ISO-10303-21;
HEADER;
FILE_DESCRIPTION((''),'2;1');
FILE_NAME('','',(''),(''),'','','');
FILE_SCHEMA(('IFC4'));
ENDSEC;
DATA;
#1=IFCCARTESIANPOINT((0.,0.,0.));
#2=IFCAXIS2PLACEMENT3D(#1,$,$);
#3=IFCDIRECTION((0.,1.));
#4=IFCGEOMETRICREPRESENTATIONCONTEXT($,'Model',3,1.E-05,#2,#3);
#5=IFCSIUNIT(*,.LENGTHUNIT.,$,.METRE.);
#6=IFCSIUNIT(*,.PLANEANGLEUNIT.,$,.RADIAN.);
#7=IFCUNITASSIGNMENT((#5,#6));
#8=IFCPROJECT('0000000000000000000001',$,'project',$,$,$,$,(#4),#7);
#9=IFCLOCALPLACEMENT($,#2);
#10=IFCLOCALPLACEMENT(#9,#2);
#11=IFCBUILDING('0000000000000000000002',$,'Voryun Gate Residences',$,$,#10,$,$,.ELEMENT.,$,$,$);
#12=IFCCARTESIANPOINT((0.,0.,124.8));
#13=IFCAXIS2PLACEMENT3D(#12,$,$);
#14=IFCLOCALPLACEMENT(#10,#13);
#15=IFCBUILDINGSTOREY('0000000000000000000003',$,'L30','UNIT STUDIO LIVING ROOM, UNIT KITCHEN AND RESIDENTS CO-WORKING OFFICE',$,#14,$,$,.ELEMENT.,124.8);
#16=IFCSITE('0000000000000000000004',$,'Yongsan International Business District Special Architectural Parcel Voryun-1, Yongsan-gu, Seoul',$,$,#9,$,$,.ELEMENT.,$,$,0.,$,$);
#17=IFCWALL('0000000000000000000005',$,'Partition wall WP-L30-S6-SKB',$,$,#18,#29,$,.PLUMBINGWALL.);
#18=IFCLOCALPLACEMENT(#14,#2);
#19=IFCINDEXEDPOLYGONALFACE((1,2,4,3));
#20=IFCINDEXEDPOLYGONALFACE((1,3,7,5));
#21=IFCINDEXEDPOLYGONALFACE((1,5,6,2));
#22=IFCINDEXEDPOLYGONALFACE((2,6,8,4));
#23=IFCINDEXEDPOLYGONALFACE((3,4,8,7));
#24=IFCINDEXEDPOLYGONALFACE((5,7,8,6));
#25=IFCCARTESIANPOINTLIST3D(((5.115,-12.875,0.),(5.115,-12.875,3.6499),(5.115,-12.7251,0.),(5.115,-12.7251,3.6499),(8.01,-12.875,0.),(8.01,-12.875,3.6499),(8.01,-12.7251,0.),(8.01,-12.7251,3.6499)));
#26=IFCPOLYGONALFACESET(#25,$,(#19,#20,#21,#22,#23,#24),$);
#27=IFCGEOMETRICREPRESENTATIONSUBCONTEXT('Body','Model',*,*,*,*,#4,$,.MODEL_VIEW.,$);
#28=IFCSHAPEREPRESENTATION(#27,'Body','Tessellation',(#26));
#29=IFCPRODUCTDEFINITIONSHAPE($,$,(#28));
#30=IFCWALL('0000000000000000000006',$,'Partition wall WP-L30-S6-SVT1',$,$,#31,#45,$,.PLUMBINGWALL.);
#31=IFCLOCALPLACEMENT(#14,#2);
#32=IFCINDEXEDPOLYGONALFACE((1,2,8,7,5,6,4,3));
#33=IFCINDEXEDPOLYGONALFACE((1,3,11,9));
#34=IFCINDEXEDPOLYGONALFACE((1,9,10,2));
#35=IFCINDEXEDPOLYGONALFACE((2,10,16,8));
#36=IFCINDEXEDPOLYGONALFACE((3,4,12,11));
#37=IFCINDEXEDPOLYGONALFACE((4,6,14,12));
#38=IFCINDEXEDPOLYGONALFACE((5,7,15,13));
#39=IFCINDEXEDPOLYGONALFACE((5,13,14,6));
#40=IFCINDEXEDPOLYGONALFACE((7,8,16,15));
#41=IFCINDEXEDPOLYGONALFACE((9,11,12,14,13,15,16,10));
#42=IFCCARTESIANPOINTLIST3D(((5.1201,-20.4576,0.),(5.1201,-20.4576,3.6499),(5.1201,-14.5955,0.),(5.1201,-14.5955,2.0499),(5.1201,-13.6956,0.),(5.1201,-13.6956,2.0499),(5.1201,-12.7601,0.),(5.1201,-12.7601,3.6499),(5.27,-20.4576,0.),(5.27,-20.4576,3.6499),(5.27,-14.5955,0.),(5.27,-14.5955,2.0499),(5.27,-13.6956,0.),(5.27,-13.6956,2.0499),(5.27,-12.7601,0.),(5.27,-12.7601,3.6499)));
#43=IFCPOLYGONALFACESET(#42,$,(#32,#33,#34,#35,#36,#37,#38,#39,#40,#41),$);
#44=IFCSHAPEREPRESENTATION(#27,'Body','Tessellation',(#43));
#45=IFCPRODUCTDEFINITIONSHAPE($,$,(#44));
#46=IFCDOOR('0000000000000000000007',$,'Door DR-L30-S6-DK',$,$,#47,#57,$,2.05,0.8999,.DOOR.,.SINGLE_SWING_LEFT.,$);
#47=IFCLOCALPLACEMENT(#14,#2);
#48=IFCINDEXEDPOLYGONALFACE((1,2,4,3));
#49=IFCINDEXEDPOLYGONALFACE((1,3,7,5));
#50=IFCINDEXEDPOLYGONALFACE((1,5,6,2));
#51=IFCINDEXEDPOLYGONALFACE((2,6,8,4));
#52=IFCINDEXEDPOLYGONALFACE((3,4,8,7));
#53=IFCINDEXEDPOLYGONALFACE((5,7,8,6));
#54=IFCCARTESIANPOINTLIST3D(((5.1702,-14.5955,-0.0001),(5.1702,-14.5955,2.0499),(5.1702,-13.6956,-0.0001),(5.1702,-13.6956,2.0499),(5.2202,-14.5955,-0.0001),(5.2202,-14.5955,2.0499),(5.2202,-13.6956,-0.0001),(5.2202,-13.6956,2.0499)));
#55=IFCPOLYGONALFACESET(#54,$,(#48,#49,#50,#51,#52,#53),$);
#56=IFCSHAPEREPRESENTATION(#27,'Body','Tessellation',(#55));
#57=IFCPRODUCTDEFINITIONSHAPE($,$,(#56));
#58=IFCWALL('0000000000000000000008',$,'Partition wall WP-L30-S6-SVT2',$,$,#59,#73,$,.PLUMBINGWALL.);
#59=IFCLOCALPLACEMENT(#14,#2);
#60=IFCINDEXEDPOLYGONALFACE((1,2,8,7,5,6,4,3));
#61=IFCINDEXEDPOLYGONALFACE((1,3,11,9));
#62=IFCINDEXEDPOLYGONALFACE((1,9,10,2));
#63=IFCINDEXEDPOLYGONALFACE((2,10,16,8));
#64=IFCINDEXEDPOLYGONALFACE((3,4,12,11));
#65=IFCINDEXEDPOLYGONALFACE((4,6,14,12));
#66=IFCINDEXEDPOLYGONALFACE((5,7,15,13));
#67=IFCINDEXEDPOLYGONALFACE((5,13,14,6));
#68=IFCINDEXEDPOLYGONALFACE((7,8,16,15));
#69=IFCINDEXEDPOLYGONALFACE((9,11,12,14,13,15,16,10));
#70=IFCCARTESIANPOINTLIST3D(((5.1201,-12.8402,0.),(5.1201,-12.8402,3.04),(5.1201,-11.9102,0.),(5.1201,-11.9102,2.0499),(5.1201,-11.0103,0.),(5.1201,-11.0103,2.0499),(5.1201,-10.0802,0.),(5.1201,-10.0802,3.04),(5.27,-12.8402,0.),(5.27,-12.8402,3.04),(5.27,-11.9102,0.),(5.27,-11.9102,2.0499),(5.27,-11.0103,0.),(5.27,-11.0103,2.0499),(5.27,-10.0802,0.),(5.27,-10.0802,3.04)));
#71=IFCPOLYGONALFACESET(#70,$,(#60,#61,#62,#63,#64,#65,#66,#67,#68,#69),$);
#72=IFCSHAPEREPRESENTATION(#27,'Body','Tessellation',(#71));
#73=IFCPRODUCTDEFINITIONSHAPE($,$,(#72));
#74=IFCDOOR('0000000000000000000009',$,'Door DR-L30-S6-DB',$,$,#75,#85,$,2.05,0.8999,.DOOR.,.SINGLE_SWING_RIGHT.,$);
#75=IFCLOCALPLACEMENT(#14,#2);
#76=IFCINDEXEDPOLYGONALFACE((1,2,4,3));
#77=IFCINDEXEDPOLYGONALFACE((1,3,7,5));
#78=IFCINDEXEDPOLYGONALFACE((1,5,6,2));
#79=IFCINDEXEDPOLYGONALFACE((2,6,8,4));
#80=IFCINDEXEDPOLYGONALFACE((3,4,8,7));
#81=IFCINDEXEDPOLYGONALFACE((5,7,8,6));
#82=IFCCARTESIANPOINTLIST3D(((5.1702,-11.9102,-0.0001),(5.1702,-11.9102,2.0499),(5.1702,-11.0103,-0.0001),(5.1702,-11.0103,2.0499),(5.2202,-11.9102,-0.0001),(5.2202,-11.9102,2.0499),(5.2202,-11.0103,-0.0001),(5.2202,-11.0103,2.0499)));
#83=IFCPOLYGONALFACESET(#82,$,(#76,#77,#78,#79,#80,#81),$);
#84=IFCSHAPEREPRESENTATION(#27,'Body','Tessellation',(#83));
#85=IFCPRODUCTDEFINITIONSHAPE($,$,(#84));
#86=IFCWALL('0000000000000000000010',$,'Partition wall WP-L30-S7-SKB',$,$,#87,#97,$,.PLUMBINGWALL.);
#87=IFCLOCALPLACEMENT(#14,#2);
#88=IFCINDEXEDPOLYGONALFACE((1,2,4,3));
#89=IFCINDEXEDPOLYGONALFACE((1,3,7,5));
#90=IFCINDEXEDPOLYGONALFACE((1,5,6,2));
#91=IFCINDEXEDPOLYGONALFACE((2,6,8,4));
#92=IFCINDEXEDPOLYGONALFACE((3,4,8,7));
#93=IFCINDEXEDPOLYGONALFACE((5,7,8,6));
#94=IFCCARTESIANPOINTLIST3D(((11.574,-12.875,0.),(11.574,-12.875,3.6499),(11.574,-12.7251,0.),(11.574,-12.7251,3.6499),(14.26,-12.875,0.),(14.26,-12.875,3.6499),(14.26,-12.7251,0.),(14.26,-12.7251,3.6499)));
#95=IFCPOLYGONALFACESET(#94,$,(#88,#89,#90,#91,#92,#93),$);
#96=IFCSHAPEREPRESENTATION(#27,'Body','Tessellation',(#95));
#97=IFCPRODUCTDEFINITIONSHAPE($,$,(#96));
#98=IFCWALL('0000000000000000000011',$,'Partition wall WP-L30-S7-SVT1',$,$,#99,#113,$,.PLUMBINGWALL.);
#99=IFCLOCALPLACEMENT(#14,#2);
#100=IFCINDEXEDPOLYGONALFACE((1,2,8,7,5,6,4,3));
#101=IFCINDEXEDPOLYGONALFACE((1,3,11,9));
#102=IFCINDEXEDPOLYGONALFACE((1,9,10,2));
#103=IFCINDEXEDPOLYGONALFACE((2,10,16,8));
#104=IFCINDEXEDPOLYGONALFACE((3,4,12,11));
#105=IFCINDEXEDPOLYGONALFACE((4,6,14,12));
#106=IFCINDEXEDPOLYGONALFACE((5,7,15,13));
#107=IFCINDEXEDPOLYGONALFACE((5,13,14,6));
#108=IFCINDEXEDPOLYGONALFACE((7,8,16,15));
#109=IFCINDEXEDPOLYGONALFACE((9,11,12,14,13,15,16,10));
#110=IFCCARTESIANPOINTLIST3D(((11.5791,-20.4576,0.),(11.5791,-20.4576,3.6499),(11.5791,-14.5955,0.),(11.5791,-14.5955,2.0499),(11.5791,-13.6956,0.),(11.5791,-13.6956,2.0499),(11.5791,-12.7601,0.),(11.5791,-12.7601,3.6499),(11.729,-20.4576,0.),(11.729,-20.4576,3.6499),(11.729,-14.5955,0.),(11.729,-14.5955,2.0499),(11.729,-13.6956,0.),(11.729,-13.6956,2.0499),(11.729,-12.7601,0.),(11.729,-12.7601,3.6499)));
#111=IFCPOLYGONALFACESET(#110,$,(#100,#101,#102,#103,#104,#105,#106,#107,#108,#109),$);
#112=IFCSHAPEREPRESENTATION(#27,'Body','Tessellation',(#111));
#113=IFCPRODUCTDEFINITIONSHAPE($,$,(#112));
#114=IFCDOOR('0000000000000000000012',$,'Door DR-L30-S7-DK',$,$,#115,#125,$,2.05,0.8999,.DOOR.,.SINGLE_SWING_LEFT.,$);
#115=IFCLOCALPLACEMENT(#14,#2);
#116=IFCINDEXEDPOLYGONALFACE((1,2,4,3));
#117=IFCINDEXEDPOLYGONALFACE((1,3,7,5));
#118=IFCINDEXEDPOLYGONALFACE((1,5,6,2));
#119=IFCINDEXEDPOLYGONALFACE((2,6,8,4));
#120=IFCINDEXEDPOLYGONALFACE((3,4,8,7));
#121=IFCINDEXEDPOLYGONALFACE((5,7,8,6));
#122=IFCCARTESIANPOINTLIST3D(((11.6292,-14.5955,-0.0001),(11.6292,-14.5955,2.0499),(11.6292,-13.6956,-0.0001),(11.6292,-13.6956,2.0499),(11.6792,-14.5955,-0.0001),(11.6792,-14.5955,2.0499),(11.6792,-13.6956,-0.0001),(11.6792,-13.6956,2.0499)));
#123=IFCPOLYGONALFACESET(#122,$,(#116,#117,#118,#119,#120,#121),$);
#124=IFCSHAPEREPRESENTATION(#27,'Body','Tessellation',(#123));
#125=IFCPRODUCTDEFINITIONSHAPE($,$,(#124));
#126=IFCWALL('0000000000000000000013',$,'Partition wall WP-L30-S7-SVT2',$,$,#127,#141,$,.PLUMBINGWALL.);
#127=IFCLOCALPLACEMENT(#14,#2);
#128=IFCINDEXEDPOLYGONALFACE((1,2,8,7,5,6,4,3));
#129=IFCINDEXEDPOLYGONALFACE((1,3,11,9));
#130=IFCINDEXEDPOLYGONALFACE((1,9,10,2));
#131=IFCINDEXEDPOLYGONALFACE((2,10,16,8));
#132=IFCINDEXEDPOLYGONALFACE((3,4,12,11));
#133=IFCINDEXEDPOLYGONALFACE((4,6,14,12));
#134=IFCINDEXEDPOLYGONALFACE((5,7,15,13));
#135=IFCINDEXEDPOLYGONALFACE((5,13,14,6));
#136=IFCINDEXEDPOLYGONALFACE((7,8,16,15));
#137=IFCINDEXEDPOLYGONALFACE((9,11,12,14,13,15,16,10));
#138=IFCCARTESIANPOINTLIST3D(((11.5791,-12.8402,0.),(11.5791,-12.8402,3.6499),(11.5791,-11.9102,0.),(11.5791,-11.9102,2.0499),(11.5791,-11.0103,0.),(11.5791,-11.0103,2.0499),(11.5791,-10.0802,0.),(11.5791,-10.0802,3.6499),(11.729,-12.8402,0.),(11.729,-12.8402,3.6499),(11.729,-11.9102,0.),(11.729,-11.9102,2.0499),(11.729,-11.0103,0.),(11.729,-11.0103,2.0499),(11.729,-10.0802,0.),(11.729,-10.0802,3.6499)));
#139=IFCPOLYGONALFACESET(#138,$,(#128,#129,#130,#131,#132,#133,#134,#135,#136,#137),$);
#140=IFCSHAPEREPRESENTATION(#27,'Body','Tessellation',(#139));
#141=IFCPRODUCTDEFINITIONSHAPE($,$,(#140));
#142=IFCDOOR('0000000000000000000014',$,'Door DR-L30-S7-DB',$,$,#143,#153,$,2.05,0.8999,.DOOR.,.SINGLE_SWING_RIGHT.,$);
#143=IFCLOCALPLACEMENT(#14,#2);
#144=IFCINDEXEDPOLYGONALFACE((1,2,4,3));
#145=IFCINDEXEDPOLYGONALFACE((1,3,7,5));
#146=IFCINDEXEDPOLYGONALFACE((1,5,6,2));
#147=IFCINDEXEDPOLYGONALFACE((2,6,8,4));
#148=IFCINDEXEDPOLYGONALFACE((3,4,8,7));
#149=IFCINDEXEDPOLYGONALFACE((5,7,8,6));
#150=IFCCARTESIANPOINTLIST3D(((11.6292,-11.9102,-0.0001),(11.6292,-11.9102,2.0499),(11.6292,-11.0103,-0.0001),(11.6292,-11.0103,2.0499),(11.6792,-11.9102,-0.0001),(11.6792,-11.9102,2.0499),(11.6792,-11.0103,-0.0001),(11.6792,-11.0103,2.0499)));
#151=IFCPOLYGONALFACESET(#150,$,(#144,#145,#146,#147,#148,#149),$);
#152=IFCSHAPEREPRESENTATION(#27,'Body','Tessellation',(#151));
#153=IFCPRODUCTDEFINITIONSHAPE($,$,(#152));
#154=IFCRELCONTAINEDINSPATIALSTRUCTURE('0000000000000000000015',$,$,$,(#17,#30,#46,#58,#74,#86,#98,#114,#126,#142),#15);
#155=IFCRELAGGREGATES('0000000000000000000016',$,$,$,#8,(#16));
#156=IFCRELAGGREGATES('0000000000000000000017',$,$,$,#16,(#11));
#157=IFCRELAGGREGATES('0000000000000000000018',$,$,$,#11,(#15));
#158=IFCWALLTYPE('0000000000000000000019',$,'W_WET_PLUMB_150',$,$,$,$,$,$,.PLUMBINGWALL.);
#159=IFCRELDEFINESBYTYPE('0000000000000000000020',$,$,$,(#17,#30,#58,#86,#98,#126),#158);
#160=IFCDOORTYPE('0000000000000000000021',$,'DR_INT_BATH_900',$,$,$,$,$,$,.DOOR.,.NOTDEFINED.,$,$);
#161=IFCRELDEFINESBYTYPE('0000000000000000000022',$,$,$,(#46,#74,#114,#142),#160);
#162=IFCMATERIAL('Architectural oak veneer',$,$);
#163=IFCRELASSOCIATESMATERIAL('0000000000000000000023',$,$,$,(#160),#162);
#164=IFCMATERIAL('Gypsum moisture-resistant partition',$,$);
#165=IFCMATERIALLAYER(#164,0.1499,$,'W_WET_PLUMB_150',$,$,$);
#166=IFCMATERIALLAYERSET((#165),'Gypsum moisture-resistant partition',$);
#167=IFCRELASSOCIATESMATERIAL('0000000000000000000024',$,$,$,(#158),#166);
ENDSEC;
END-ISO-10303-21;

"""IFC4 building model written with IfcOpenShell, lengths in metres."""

from ifc_helpers import new_model, si_unit, direction, frame, frame_2d, origin, place, context, subcontext, project, spatial, rectangle, extrude, material, layer, layer_set, type_object, element, fill, save


model = new_model("IFC4")

# Units and contexts
model_context = context("Model", 3, precision=1e-05, world=origin(), true_north=direction((0.0, 1.0)))
body_context = subcontext(model_context, "Body", "Model", "MODEL_VIEW")
ifc_project = project(units=[si_unit("LENGTHUNIT", "METRE"), si_unit("PLANEANGLEUNIT", "RADIAN")], contexts=[model_context])

# Site, building, storey
site_placement = place(None, origin())
site = spatial("IfcSite", under=ifc_project, at=site_placement, Name="Yongsan International Business District Special Architectural Parcel Voryun-1, Yongsan-gu, Seoul", CompositionType="ELEMENT", RefElevation=0.0)
building_placement = place(site_placement, origin())
building = spatial("IfcBuilding", under=site, at=building_placement, Name="Voryun Gate Residences", CompositionType="ELEMENT")
storey_placement = place(building_placement, frame((0.0, 0.0, 124.8)))
storey = spatial("IfcBuildingStorey", under=building, at=storey_placement, Name="L30", Description="UNIT STUDIO LIVING ROOM, UNIT KITCHEN AND RESIDENTS CO-WORKING OFFICE", CompositionType="ELEMENT", Elevation=124.8)

# Shared definitions
ifc_material_1 = material(Name="Architectural oak veneer")
door_type_1 = type_object("IfcDoorType", Name="DR_INT_BATH_900", OperationType="NOTDEFINED", PredefinedType="DOOR", material=ifc_material_1)

# Shared definitions
ifc_material_2 = material(Name="Gypsum moisture-resistant partition")
ifc_layer_1 = layer(ifc_material_2, 0.1499, Name="W_WET_PLUMB_150")
ifc_layer_set_1 = layer_set([ifc_layer_1], Name="Gypsum moisture-resistant partition")
wall_type_1 = type_object("IfcWallType", Name="W_WET_PLUMB_150", PredefinedType="PLUMBINGWALL", material=ifc_layer_set_1)

# Wall
wall_1_placement = place(storey_placement, frame((5.115, -12.8, 0.0), z_axis=(0.0, 0.0, 1.0), x_axis=(1.0, 0.0, 0.0)))
element("IfcWall", 1, at=wall_1_placement, inside=storey, type_object=wall_type_1, Name="Partition wall WP-L30-S6-SKB", PredefinedType="PLUMBINGWALL", context=body_context, shape_type="SweptSolid", body=[
    extrude(rectangle(XDim=2.895, YDim=0.1499, at=frame_2d((1.4475, 0.0))), origin(), (0.0, 0.0, 1.0), 3.6499),
])

# Walls, openings, doors
wall_2_placement = place(storey_placement, frame((5.1951, -20.4575, 0.0), z_axis=(0.0, 0.0, 1.0), x_axis=(0.0, 1.0, 0.0)))
wall_2 = element("IfcWall", 2, at=wall_2_placement, inside=storey, type_object=wall_type_1, Name="Partition wall WP-L30-S6-SVT1", PredefinedType="PLUMBINGWALL", context=body_context, shape_type="SweptSolid", body=[
    extrude(rectangle(XDim=7.6975, YDim=0.1499, at=frame_2d((3.8486, 0.0))), origin(), (0.0, 0.0, 1.0), 3.6499),
])
opening_1_placement = place(wall_2_placement, frame((5.8621, 0.0, 0.0)))
opening_1 = element("IfcOpeningElement", 3, at=opening_1_placement, cuts=wall_2, PredefinedType="OPENING", context=body_context, shape_type="SweptSolid", body=[
    extrude(rectangle(XDim=0.8999, YDim=2.05, at=frame_2d((0.45, 1.0249))), frame((0.0, 0.085, 0.0), z_axis=(0.0, -1.0, 0.0), x_axis=(1.0, 0.0, 0.0)), (0.0, 0.0, 1.0), 0.1699),
])
door_1_placement = place(opening_1_placement, origin())
door_1 = element("IfcDoor", 4, at=door_1_placement, inside=storey, type_object=door_type_1, Name="Door DR-L30-S6-DK", OperationType="SINGLE_SWING_LEFT", OverallHeight=2.05, OverallWidth=0.8999, PredefinedType="DOOR", context=body_context, shape_type="SweptSolid", body=[
    extrude(rectangle(XDim=0.8999, YDim=2.05, at=frame_2d((0.45, 1.0249))), frame((0.0, 0.0249, 0.0), z_axis=(0.0, -1.0, 0.0), x_axis=(1.0, 0.0, 0.0)), (0.0, 0.0, 1.0), 0.05),
])
fill(opening_1, door_1)
wall_3_placement = place(storey_placement, frame((5.1951, -12.8401, 0.0), z_axis=(0.0, 0.0, 1.0), x_axis=(0.0, 1.0, 0.0)))
wall_3 = element("IfcWall", 5, at=wall_3_placement, inside=storey, type_object=wall_type_1, Name="Partition wall WP-L30-S6-SVT2", PredefinedType="PLUMBINGWALL", context=body_context, shape_type="SweptSolid", body=[
    extrude(rectangle(XDim=2.76, YDim=0.1499, at=frame_2d((1.3799, 0.0))), origin(), (0.0, 0.0, 1.0), 3.04),
])
opening_2_placement = place(wall_3_placement, frame((0.9299, 0.0, 0.0)))
opening_2 = element("IfcOpeningElement", 6, at=opening_2_placement, cuts=wall_3, PredefinedType="OPENING", context=body_context, shape_type="SweptSolid", body=[
    extrude(rectangle(XDim=0.8999, YDim=2.05, at=frame_2d((0.45, 1.0249))), frame((0.0, 0.085, 0.0), z_axis=(0.0, -1.0, 0.0), x_axis=(1.0, 0.0, 0.0)), (0.0, 0.0, 1.0), 0.1699),
])
door_2_placement = place(opening_2_placement, origin())
door_2 = element("IfcDoor", 7, at=door_2_placement, inside=storey, type_object=door_type_1, Name="Door DR-L30-S6-DB", OperationType="SINGLE_SWING_RIGHT", OverallHeight=2.05, OverallWidth=0.8999, PredefinedType="DOOR", context=body_context, shape_type="SweptSolid", body=[
    extrude(rectangle(XDim=0.8999, YDim=2.05, at=frame_2d((0.45, 1.0249))), frame((0.0, 0.0249, 0.0), z_axis=(0.0, -1.0, 0.0), x_axis=(1.0, 0.0, 0.0)), (0.0, 0.0, 1.0), 0.05),
])
fill(opening_2, door_2)

# Wall
wall_4_placement = place(storey_placement, frame((11.574, -12.8, 0.0), z_axis=(0.0, 0.0, 1.0), x_axis=(1.0, 0.0, 0.0)))
element("IfcWall", 8, at=wall_4_placement, inside=storey, type_object=wall_type_1, Name="Partition wall WP-L30-S7-SKB", PredefinedType="PLUMBINGWALL", context=body_context, shape_type="SweptSolid", body=[
    extrude(rectangle(XDim=2.686, YDim=0.1499, at=frame_2d((1.343, 0.0))), origin(), (0.0, 0.0, 1.0), 3.6499),
])

# Walls, openings, doors
wall_5_placement = place(storey_placement, frame((11.6541, -20.4575, 0.0), z_axis=(0.0, 0.0, 1.0), x_axis=(0.0, 1.0, 0.0)))
wall_5 = element("IfcWall", 9, at=wall_5_placement, inside=storey, type_object=wall_type_1, Name="Partition wall WP-L30-S7-SVT1", PredefinedType="PLUMBINGWALL", context=body_context, shape_type="SweptSolid", body=[
    extrude(rectangle(XDim=7.6975, YDim=0.1499, at=frame_2d((3.8486, 0.0))), origin(), (0.0, 0.0, 1.0), 3.6499),
])
opening_3_placement = place(wall_5_placement, frame((5.8621, 0.0, 0.0)))
opening_3 = element("IfcOpeningElement", 10, at=opening_3_placement, cuts=wall_5, PredefinedType="OPENING", context=body_context, shape_type="SweptSolid", body=[
    extrude(rectangle(XDim=0.8999, YDim=2.05, at=frame_2d((0.45, 1.0249))), frame((0.0, 0.085, 0.0), z_axis=(0.0, -1.0, 0.0), x_axis=(1.0, 0.0, 0.0)), (0.0, 0.0, 1.0), 0.1699),
])
door_3_placement = place(opening_3_placement, origin())
door_3 = element("IfcDoor", 11, at=door_3_placement, inside=storey, type_object=door_type_1, Name="Door DR-L30-S7-DK", OperationType="SINGLE_SWING_LEFT", OverallHeight=2.05, OverallWidth=0.8999, PredefinedType="DOOR", context=body_context, shape_type="SweptSolid", body=[
    extrude(rectangle(XDim=0.8999, YDim=2.05, at=frame_2d((0.45, 1.0249))), frame((0.0, 0.0249, 0.0), z_axis=(0.0, -1.0, 0.0), x_axis=(1.0, 0.0, 0.0)), (0.0, 0.0, 1.0), 0.05),
])
fill(opening_3, door_3)
wall_6_placement = place(storey_placement, frame((11.6541, -12.8401, 0.0), z_axis=(0.0, 0.0, 1.0), x_axis=(0.0, 1.0, 0.0)))
wall_6 = element("IfcWall", 12, at=wall_6_placement, inside=storey, type_object=wall_type_1, Name="Partition wall WP-L30-S7-SVT2", PredefinedType="PLUMBINGWALL", context=body_context, shape_type="SweptSolid", body=[
    extrude(rectangle(XDim=2.76, YDim=0.1499, at=frame_2d((1.3799, 0.0))), origin(), (0.0, 0.0, 1.0), 3.6499),
])
opening_4_placement = place(wall_6_placement, frame((0.9299, 0.0, 0.0)))
opening_4 = element("IfcOpeningElement", 13, at=opening_4_placement, cuts=wall_6, PredefinedType="OPENING", context=body_context, shape_type="SweptSolid", body=[
    extrude(rectangle(XDim=0.8999, YDim=2.05, at=frame_2d((0.45, 1.0249))), frame((0.0, 0.085, 0.0), z_axis=(0.0, -1.0, 0.0), x_axis=(1.0, 0.0, 0.0)), (0.0, 0.0, 1.0), 0.1699),
])
door_4_placement = place(opening_4_placement, origin())
door_4 = element("IfcDoor", 14, at=door_4_placement, inside=storey, type_object=door_type_1, Name="Door DR-L30-S7-DB", OperationType="SINGLE_SWING_RIGHT", OverallHeight=2.05, OverallWidth=0.8999, PredefinedType="DOOR", context=body_context, shape_type="SweptSolid", body=[
    extrude(rectangle(XDim=0.8999, YDim=2.05, at=frame_2d((0.45, 1.0249))), frame((0.0, 0.0249, 0.0), z_axis=(0.0, -1.0, 0.0), x_axis=(1.0, 0.0, 0.0)), (0.0, 0.0, 1.0), 0.05),
])
fill(opening_4, door_4)

save(model, "model.ifc")
